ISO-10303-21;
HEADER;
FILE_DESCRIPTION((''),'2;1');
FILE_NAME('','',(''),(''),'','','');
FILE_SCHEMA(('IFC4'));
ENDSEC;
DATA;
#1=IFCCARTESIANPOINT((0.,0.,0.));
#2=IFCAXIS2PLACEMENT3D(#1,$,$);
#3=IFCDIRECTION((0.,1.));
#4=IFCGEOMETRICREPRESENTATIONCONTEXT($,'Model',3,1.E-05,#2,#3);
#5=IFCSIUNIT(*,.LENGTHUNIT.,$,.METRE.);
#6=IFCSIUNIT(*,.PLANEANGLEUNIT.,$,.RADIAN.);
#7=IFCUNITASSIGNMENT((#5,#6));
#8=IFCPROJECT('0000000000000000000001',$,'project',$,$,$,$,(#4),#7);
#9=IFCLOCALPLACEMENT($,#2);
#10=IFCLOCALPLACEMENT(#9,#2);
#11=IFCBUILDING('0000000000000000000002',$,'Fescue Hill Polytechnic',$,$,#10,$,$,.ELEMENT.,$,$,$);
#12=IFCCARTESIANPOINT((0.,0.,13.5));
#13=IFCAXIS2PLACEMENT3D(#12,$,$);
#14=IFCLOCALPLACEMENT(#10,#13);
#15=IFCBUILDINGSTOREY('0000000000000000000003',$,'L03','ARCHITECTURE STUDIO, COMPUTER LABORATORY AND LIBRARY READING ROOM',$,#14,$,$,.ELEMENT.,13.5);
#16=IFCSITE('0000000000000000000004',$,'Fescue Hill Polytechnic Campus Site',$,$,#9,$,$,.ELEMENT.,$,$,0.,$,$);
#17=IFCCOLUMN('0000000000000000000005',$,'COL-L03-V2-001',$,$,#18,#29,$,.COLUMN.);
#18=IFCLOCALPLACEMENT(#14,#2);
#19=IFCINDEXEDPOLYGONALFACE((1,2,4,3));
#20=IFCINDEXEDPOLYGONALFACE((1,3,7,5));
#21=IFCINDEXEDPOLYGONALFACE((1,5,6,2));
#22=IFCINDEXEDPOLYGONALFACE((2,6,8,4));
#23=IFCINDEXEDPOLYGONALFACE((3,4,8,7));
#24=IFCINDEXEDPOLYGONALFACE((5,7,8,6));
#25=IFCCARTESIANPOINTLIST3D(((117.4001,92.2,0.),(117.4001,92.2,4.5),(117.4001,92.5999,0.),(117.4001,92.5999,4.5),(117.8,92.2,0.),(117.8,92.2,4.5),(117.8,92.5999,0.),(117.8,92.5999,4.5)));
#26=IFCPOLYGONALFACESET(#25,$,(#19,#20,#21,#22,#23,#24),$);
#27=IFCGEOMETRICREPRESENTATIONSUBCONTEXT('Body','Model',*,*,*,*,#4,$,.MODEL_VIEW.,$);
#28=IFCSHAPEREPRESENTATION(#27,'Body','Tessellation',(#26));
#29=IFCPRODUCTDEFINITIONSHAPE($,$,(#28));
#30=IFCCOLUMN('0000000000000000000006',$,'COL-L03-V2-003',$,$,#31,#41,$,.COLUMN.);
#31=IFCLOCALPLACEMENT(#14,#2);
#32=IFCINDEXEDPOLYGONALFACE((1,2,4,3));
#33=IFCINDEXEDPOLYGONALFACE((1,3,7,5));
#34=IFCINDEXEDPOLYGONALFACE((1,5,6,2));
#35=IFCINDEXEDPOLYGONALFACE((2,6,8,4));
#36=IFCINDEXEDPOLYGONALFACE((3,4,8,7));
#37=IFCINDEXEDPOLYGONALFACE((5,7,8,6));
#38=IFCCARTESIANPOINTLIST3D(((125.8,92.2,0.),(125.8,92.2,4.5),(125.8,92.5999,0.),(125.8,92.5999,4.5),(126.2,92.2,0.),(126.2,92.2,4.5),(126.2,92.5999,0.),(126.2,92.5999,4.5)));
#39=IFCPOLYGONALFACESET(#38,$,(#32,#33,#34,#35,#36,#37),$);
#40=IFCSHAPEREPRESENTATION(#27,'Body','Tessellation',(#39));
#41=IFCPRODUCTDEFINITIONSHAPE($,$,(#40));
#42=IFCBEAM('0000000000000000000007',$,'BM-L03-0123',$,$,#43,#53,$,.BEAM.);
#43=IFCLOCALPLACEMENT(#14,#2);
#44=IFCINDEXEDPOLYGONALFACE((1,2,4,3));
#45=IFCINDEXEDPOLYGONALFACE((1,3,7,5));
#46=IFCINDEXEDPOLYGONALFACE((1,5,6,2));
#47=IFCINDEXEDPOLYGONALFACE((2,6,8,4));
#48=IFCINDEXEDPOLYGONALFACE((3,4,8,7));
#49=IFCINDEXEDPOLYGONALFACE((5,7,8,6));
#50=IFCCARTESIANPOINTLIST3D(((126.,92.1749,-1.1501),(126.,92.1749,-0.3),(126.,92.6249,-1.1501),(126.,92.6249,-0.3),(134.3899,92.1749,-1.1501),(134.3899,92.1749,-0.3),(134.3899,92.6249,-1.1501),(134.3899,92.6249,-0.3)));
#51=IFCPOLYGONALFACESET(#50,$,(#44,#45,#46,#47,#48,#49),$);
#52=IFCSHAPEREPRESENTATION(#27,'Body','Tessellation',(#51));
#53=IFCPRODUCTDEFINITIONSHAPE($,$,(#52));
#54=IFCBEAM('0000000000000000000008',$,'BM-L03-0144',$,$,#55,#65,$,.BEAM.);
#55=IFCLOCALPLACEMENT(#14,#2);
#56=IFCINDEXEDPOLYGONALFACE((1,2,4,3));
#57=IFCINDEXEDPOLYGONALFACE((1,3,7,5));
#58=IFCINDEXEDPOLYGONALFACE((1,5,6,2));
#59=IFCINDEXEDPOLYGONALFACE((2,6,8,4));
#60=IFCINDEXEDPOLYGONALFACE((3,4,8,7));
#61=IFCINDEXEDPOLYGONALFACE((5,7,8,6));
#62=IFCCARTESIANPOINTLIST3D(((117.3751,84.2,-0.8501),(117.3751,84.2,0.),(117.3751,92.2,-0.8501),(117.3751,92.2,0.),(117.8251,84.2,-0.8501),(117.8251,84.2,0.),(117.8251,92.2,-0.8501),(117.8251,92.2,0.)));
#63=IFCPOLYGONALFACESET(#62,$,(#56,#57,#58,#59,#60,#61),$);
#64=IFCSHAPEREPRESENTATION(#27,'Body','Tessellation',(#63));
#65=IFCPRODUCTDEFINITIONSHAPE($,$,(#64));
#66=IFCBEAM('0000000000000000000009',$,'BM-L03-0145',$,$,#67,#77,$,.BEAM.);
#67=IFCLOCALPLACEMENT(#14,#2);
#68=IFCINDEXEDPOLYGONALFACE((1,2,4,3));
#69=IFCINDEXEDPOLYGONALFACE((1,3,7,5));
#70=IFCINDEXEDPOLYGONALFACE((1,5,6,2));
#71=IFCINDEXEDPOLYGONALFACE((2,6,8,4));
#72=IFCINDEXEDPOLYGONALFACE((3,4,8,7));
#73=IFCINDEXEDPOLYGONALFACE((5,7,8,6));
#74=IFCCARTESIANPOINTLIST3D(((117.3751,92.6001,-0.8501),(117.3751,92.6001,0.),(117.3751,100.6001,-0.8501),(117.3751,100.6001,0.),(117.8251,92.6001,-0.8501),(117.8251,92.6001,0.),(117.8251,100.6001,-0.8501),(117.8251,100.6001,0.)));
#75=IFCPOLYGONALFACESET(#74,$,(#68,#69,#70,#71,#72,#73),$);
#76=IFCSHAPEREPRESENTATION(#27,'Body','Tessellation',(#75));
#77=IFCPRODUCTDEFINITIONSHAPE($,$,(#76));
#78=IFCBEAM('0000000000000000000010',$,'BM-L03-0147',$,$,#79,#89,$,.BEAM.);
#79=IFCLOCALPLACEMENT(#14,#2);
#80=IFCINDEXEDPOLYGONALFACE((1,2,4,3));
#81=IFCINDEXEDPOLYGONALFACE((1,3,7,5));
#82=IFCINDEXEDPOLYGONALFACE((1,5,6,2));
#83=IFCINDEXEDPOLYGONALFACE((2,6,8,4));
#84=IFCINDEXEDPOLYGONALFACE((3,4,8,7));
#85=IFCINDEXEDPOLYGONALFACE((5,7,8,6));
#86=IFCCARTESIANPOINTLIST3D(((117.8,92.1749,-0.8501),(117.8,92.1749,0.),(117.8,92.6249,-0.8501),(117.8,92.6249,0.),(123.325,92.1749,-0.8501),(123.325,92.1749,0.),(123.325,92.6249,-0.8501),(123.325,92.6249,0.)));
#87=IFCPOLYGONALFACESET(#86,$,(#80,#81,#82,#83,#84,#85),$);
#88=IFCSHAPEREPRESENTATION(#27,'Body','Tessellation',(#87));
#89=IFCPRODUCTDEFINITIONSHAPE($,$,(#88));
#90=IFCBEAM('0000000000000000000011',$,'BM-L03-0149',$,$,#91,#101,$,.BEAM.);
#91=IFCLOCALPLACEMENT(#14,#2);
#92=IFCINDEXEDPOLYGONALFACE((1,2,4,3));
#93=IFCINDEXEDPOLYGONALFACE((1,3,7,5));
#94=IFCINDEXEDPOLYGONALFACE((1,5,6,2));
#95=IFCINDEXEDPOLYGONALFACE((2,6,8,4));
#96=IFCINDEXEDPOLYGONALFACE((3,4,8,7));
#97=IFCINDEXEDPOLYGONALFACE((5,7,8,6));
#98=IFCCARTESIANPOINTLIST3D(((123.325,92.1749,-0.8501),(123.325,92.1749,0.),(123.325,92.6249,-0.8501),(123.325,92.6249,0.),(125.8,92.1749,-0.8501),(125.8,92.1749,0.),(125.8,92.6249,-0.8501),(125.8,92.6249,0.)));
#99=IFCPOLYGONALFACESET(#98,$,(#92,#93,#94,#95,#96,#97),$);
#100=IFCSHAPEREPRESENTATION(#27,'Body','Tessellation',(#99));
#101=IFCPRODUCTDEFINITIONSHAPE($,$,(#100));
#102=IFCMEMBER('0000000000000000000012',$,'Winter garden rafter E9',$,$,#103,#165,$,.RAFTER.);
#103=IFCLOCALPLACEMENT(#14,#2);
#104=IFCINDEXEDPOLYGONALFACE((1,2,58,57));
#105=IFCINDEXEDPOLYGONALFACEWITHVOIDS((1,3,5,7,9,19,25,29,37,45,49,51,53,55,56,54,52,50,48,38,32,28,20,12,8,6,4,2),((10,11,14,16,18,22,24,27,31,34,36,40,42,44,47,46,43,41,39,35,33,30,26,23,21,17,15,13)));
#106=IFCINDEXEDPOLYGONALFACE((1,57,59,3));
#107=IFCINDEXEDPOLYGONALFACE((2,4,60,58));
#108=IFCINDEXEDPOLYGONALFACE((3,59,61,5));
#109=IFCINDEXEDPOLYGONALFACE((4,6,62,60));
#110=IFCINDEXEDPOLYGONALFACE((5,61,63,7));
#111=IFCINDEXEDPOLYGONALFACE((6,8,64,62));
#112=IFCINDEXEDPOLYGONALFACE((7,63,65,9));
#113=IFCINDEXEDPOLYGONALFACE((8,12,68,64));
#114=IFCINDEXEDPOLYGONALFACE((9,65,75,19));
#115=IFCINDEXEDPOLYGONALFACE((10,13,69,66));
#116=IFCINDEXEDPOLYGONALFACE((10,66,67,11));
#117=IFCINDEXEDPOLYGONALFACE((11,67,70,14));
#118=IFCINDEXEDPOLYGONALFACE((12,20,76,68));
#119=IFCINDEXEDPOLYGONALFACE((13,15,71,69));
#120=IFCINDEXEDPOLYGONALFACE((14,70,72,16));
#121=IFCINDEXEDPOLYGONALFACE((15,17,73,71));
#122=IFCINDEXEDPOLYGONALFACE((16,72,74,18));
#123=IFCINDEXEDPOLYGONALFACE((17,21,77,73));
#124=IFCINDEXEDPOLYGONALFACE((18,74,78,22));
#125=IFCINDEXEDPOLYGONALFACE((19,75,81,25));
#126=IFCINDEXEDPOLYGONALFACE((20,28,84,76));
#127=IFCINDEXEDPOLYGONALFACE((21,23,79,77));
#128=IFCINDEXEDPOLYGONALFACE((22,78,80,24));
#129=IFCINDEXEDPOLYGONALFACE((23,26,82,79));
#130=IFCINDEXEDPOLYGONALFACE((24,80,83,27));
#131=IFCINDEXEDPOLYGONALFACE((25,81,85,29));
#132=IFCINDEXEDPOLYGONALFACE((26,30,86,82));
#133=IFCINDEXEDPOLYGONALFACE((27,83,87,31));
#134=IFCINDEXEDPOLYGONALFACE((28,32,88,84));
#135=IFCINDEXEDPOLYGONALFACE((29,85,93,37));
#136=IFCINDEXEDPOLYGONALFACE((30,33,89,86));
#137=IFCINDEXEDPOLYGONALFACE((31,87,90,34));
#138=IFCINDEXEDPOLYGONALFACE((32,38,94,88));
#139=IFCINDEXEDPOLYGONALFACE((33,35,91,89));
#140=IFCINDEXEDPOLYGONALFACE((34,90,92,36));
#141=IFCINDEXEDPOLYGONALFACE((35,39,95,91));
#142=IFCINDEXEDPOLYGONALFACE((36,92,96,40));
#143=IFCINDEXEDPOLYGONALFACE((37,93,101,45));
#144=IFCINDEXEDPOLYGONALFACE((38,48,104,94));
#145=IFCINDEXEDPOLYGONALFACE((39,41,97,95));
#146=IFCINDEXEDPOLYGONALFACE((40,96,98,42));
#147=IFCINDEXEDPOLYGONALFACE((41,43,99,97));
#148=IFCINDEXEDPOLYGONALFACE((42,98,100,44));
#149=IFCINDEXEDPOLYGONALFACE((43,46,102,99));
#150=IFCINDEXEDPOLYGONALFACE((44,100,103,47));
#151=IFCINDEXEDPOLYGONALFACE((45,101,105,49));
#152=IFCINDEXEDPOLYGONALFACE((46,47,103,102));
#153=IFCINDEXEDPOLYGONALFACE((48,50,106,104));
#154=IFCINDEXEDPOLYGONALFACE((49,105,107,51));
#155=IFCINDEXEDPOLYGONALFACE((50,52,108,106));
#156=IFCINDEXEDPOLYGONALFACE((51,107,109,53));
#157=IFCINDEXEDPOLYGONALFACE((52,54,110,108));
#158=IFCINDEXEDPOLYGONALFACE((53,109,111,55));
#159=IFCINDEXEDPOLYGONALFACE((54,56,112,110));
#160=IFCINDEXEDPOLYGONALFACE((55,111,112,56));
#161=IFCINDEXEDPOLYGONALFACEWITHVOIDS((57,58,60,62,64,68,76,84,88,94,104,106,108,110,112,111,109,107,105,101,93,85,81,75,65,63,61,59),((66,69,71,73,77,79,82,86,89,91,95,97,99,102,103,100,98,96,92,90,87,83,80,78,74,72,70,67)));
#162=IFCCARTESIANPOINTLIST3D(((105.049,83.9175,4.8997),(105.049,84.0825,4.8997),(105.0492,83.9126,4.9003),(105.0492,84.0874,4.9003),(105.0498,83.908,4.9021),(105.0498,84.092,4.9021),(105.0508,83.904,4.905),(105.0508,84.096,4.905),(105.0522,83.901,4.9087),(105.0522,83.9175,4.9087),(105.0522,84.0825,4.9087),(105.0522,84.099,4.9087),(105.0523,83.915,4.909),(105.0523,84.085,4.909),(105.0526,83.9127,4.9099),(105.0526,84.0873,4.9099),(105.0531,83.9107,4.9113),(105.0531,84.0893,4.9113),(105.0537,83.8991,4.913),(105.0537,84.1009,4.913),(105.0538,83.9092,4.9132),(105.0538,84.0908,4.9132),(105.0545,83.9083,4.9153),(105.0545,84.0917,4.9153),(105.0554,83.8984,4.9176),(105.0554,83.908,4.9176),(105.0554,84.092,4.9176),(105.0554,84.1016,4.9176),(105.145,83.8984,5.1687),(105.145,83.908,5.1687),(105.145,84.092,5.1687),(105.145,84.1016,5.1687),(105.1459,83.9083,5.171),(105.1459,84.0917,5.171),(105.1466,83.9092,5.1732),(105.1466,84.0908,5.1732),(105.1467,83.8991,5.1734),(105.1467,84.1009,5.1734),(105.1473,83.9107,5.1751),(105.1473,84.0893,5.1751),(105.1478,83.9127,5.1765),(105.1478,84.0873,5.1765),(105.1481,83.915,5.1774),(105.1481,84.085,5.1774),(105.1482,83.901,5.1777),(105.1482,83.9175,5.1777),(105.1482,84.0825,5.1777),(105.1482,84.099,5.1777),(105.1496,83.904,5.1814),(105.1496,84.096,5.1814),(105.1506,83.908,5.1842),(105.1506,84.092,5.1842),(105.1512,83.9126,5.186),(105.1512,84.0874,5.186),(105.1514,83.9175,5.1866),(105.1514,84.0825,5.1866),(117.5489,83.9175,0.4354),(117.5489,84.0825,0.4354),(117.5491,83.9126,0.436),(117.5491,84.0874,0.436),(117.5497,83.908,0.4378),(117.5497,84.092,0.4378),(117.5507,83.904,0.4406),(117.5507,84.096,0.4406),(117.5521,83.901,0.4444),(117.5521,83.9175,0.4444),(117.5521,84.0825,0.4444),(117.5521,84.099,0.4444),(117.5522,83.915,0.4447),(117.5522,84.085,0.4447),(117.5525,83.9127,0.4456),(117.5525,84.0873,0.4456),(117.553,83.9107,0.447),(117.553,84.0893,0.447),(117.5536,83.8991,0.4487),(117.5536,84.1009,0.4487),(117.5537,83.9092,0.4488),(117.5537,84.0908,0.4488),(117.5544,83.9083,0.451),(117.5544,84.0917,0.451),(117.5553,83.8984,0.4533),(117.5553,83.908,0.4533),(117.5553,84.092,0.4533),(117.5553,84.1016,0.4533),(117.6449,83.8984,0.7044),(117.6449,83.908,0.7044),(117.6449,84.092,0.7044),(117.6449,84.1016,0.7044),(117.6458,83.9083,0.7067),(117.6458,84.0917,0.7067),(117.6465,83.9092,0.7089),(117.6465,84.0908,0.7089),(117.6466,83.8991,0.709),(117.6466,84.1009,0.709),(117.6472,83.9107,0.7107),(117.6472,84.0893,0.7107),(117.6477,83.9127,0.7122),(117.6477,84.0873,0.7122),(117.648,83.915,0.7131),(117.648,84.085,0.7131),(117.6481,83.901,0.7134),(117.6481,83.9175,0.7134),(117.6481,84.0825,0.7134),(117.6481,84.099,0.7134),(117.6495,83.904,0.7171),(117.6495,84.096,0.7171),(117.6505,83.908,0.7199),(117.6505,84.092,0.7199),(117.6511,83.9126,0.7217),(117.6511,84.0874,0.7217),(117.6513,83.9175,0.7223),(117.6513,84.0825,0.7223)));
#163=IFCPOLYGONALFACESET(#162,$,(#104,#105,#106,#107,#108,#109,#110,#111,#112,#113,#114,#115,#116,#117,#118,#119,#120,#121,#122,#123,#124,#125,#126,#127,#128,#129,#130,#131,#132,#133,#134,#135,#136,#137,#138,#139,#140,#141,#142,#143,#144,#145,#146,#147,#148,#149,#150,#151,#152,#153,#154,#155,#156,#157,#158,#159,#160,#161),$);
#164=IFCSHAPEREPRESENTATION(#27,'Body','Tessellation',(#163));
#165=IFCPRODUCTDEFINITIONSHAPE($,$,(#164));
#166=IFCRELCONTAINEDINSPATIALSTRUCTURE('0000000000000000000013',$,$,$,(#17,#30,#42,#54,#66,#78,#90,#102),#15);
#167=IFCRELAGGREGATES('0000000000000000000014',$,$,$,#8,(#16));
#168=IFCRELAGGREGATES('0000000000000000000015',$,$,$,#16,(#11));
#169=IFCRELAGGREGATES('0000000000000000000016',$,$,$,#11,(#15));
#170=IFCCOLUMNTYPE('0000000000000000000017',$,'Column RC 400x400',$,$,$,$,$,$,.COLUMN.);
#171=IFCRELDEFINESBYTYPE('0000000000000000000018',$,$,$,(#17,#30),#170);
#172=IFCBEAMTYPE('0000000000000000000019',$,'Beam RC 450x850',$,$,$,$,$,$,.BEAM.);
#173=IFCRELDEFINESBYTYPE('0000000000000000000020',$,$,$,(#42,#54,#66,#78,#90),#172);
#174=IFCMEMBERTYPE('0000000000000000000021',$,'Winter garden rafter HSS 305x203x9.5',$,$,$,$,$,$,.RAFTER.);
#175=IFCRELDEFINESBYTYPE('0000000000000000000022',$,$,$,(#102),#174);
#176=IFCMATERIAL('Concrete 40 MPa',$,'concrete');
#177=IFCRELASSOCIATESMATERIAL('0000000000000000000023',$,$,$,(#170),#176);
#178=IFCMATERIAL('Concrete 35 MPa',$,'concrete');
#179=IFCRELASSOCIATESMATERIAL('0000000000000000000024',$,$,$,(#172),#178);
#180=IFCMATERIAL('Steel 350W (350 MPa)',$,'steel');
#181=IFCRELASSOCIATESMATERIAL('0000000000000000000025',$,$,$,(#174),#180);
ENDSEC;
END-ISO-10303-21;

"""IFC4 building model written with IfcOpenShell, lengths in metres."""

from ifc_helpers import new_model, si_unit, direction, frame, origin, origin_2d, place, context, subcontext, project, spatial, rectangle, hollow_rectangle, extrude, material, material_profile, profile_set, type_object, element, save


model = new_model("IFC4")

# Units and contexts
model_context = context("Model", 3, precision=1e-05, world=origin(), true_north=direction((0.0, 1.0)))
body_context = subcontext(model_context, "Body", "Model", "MODEL_VIEW")
ifc_project = project(units=[si_unit("LENGTHUNIT", "METRE"), si_unit("PLANEANGLEUNIT", "RADIAN")], contexts=[model_context])

# Site, building, storey
site_placement = place(None, origin())
site = spatial("IfcSite", under=ifc_project, at=site_placement, Name="Fescue Hill Polytechnic Campus Site", CompositionType="ELEMENT", RefElevation=0.0)
building_placement = place(site_placement, origin())
building = spatial("IfcBuilding", under=site, at=building_placement, Name="Fescue Hill Polytechnic", CompositionType="ELEMENT")
storey_placement = place(building_placement, frame((0.0, 0.0, 13.5)))
storey = spatial("IfcBuildingStorey", under=building, at=storey_placement, Name="L03", Description="ARCHITECTURE STUDIO, COMPUTER LABORATORY AND LIBRARY READING ROOM", CompositionType="ELEMENT", Elevation=13.5)

# Columns
ifc_material_1 = material(Name="Concrete 40 MPa", Category="concrete")
ifc_material_profile_1 = material_profile(ifc_material_1, rectangle(XDim=0.3999, YDim=0.3999, at=origin_2d()), Name="RC 400x400")
ifc_profile_set_1 = profile_set([ifc_material_profile_1], Name="Concrete 40 MPa")
column_type = type_object("IfcColumnType", Name="Column RC 400x400", PredefinedType="COLUMN", material=ifc_profile_set_1)
for number, where, z_axis, x_axis, name in (
    (1, (117.6001, 92.3999, 0.0), (0.0, 0.0, 1.0), (1.0, 0.0, 0.0), "COL-L03-V2-001"),
    (2, (126.0, 92.3999, 0.0), (0.0, 0.0, 1.0), (1.0, 0.0, 0.0), "COL-L03-V2-003"),
):
    element("IfcColumn", number, at=place(storey_placement, frame(where, z_axis=z_axis, x_axis=x_axis)), inside=storey, type_object=column_type, Name=name, PredefinedType="COLUMN", context=body_context, shape_type="SweptSolid", body=[
        extrude(rectangle(XDim=0.3999, YDim=0.3999, at=origin_2d()), origin(), (0.0, 0.0, 1.0), 4.5),
    ])

# Beams
ifc_material_2 = material(Name="Concrete 35 MPa", Category="concrete")
ifc_material_profile_2 = material_profile(ifc_material_2, rectangle(XDim=0.45, YDim=0.8501, at=origin_2d()), Name="RC 450x850")
ifc_profile_set_2 = profile_set([ifc_material_profile_2], Name="Concrete 35 MPa")
beam_type = type_object("IfcBeamType", Name="Beam RC 450x850", PredefinedType="BEAM", material=ifc_profile_set_2)
beam_1_placement = place(storey_placement, frame((126.0, 92.3999, -0.7251), z_axis=(1.0, 0.0, 0.0), x_axis=(0.0, 1.0, 0.0)))
element("IfcBeam", 3, at=beam_1_placement, inside=storey, type_object=beam_type, Name="BM-L03-0123", PredefinedType="BEAM", context=body_context, shape_type="SweptSolid", body=[
    extrude(rectangle(XDim=0.45, YDim=0.8501, at=origin_2d()), origin(), (0.0, 0.0, 1.0), 8.3899),
])
for number, where, z_axis, x_axis, name in (
    (4, (117.6001, 92.2, -0.425), (0.0, -1.0, 0.0), (1.0, 0.0, 0.0), "BM-L03-0144"),
    (5, (117.6001, 92.6001, -0.425), (0.0, 1.0, 0.0), (-1.0, 0.0, 0.0), "BM-L03-0145"),
):
    element("IfcBeam", number, at=place(storey_placement, frame(where, z_axis=z_axis, x_axis=x_axis)), inside=storey, type_object=beam_type, Name=name, PredefinedType="BEAM", context=body_context, shape_type="SweptSolid", body=[
        extrude(rectangle(XDim=0.45, YDim=0.8501, at=origin_2d()), origin(), (0.0, 0.0, 1.0), 8.0),
    ])
beam_2_placement = place(storey_placement, frame((117.8, 92.3999, -0.425), z_axis=(1.0, 0.0, 0.0), x_axis=(0.0, 1.0, 0.0)))
element("IfcBeam", 6, at=beam_2_placement, inside=storey, type_object=beam_type, Name="BM-L03-0147", PredefinedType="BEAM", context=body_context, shape_type="SweptSolid", body=[
    extrude(rectangle(XDim=0.45, YDim=0.8501, at=origin_2d()), origin(), (0.0, 0.0, 1.0), 5.5249),
])
beam_3_placement = place(storey_placement, frame((123.325, 92.3999, -0.425), z_axis=(1.0, 0.0, 0.0), x_axis=(0.0, 1.0, 0.0)))
element("IfcBeam", 7, at=beam_3_placement, inside=storey, type_object=beam_type, Name="BM-L03-0149", PredefinedType="BEAM", context=body_context, shape_type="SweptSolid", body=[
    extrude(rectangle(XDim=0.45, YDim=0.8501, at=origin_2d()), origin(), (0.0, 0.0, 1.0), 2.4751),
])

# Member
ifc_material_3 = material(Name="Steel 350W (350 MPa)", Category="steel")
ifc_material_profile_3 = material_profile(ifc_material_3, hollow_rectangle(XDim=0.2031, YDim=0.3047, WallThickness=0.0095, InnerFilletRadius=0.0095, OuterFilletRadius=0.019, at=origin_2d()), Name="Winter garden rafter HSS 305x203x9.5")
ifc_profile_set_3 = profile_set([ifc_material_profile_3], Name="Steel 350W (350 MPa)")
member_type = type_object("IfcMemberType", Name="Winter garden rafter HSS 305x203x9.5", PredefinedType="RAFTER", material=ifc_profile_set_3)
for number, where, z_axis, x_axis, name in (
    (8, (117.6001, 84.0, 0.5789), (-0.94174, 0.0, 0.336341), (0.0, -1.0, 0.0), "Winter garden rafter E9"),
):
    element("IfcMember", number, at=place(storey_placement, frame(where, z_axis=z_axis, x_axis=x_axis)), inside=storey, type_object=member_type, Name=name, PredefinedType="RAFTER", context=body_context, shape_type="SweptSolid", body=[
        extrude(hollow_rectangle(XDim=0.2031, YDim=0.3047, WallThickness=0.0095, InnerFilletRadius=0.0095, OuterFilletRadius=0.019, at=origin_2d()), origin(), (0.0, 0.0, 1.0), 13.2732),
    ])

save(model, "model.ifc")
